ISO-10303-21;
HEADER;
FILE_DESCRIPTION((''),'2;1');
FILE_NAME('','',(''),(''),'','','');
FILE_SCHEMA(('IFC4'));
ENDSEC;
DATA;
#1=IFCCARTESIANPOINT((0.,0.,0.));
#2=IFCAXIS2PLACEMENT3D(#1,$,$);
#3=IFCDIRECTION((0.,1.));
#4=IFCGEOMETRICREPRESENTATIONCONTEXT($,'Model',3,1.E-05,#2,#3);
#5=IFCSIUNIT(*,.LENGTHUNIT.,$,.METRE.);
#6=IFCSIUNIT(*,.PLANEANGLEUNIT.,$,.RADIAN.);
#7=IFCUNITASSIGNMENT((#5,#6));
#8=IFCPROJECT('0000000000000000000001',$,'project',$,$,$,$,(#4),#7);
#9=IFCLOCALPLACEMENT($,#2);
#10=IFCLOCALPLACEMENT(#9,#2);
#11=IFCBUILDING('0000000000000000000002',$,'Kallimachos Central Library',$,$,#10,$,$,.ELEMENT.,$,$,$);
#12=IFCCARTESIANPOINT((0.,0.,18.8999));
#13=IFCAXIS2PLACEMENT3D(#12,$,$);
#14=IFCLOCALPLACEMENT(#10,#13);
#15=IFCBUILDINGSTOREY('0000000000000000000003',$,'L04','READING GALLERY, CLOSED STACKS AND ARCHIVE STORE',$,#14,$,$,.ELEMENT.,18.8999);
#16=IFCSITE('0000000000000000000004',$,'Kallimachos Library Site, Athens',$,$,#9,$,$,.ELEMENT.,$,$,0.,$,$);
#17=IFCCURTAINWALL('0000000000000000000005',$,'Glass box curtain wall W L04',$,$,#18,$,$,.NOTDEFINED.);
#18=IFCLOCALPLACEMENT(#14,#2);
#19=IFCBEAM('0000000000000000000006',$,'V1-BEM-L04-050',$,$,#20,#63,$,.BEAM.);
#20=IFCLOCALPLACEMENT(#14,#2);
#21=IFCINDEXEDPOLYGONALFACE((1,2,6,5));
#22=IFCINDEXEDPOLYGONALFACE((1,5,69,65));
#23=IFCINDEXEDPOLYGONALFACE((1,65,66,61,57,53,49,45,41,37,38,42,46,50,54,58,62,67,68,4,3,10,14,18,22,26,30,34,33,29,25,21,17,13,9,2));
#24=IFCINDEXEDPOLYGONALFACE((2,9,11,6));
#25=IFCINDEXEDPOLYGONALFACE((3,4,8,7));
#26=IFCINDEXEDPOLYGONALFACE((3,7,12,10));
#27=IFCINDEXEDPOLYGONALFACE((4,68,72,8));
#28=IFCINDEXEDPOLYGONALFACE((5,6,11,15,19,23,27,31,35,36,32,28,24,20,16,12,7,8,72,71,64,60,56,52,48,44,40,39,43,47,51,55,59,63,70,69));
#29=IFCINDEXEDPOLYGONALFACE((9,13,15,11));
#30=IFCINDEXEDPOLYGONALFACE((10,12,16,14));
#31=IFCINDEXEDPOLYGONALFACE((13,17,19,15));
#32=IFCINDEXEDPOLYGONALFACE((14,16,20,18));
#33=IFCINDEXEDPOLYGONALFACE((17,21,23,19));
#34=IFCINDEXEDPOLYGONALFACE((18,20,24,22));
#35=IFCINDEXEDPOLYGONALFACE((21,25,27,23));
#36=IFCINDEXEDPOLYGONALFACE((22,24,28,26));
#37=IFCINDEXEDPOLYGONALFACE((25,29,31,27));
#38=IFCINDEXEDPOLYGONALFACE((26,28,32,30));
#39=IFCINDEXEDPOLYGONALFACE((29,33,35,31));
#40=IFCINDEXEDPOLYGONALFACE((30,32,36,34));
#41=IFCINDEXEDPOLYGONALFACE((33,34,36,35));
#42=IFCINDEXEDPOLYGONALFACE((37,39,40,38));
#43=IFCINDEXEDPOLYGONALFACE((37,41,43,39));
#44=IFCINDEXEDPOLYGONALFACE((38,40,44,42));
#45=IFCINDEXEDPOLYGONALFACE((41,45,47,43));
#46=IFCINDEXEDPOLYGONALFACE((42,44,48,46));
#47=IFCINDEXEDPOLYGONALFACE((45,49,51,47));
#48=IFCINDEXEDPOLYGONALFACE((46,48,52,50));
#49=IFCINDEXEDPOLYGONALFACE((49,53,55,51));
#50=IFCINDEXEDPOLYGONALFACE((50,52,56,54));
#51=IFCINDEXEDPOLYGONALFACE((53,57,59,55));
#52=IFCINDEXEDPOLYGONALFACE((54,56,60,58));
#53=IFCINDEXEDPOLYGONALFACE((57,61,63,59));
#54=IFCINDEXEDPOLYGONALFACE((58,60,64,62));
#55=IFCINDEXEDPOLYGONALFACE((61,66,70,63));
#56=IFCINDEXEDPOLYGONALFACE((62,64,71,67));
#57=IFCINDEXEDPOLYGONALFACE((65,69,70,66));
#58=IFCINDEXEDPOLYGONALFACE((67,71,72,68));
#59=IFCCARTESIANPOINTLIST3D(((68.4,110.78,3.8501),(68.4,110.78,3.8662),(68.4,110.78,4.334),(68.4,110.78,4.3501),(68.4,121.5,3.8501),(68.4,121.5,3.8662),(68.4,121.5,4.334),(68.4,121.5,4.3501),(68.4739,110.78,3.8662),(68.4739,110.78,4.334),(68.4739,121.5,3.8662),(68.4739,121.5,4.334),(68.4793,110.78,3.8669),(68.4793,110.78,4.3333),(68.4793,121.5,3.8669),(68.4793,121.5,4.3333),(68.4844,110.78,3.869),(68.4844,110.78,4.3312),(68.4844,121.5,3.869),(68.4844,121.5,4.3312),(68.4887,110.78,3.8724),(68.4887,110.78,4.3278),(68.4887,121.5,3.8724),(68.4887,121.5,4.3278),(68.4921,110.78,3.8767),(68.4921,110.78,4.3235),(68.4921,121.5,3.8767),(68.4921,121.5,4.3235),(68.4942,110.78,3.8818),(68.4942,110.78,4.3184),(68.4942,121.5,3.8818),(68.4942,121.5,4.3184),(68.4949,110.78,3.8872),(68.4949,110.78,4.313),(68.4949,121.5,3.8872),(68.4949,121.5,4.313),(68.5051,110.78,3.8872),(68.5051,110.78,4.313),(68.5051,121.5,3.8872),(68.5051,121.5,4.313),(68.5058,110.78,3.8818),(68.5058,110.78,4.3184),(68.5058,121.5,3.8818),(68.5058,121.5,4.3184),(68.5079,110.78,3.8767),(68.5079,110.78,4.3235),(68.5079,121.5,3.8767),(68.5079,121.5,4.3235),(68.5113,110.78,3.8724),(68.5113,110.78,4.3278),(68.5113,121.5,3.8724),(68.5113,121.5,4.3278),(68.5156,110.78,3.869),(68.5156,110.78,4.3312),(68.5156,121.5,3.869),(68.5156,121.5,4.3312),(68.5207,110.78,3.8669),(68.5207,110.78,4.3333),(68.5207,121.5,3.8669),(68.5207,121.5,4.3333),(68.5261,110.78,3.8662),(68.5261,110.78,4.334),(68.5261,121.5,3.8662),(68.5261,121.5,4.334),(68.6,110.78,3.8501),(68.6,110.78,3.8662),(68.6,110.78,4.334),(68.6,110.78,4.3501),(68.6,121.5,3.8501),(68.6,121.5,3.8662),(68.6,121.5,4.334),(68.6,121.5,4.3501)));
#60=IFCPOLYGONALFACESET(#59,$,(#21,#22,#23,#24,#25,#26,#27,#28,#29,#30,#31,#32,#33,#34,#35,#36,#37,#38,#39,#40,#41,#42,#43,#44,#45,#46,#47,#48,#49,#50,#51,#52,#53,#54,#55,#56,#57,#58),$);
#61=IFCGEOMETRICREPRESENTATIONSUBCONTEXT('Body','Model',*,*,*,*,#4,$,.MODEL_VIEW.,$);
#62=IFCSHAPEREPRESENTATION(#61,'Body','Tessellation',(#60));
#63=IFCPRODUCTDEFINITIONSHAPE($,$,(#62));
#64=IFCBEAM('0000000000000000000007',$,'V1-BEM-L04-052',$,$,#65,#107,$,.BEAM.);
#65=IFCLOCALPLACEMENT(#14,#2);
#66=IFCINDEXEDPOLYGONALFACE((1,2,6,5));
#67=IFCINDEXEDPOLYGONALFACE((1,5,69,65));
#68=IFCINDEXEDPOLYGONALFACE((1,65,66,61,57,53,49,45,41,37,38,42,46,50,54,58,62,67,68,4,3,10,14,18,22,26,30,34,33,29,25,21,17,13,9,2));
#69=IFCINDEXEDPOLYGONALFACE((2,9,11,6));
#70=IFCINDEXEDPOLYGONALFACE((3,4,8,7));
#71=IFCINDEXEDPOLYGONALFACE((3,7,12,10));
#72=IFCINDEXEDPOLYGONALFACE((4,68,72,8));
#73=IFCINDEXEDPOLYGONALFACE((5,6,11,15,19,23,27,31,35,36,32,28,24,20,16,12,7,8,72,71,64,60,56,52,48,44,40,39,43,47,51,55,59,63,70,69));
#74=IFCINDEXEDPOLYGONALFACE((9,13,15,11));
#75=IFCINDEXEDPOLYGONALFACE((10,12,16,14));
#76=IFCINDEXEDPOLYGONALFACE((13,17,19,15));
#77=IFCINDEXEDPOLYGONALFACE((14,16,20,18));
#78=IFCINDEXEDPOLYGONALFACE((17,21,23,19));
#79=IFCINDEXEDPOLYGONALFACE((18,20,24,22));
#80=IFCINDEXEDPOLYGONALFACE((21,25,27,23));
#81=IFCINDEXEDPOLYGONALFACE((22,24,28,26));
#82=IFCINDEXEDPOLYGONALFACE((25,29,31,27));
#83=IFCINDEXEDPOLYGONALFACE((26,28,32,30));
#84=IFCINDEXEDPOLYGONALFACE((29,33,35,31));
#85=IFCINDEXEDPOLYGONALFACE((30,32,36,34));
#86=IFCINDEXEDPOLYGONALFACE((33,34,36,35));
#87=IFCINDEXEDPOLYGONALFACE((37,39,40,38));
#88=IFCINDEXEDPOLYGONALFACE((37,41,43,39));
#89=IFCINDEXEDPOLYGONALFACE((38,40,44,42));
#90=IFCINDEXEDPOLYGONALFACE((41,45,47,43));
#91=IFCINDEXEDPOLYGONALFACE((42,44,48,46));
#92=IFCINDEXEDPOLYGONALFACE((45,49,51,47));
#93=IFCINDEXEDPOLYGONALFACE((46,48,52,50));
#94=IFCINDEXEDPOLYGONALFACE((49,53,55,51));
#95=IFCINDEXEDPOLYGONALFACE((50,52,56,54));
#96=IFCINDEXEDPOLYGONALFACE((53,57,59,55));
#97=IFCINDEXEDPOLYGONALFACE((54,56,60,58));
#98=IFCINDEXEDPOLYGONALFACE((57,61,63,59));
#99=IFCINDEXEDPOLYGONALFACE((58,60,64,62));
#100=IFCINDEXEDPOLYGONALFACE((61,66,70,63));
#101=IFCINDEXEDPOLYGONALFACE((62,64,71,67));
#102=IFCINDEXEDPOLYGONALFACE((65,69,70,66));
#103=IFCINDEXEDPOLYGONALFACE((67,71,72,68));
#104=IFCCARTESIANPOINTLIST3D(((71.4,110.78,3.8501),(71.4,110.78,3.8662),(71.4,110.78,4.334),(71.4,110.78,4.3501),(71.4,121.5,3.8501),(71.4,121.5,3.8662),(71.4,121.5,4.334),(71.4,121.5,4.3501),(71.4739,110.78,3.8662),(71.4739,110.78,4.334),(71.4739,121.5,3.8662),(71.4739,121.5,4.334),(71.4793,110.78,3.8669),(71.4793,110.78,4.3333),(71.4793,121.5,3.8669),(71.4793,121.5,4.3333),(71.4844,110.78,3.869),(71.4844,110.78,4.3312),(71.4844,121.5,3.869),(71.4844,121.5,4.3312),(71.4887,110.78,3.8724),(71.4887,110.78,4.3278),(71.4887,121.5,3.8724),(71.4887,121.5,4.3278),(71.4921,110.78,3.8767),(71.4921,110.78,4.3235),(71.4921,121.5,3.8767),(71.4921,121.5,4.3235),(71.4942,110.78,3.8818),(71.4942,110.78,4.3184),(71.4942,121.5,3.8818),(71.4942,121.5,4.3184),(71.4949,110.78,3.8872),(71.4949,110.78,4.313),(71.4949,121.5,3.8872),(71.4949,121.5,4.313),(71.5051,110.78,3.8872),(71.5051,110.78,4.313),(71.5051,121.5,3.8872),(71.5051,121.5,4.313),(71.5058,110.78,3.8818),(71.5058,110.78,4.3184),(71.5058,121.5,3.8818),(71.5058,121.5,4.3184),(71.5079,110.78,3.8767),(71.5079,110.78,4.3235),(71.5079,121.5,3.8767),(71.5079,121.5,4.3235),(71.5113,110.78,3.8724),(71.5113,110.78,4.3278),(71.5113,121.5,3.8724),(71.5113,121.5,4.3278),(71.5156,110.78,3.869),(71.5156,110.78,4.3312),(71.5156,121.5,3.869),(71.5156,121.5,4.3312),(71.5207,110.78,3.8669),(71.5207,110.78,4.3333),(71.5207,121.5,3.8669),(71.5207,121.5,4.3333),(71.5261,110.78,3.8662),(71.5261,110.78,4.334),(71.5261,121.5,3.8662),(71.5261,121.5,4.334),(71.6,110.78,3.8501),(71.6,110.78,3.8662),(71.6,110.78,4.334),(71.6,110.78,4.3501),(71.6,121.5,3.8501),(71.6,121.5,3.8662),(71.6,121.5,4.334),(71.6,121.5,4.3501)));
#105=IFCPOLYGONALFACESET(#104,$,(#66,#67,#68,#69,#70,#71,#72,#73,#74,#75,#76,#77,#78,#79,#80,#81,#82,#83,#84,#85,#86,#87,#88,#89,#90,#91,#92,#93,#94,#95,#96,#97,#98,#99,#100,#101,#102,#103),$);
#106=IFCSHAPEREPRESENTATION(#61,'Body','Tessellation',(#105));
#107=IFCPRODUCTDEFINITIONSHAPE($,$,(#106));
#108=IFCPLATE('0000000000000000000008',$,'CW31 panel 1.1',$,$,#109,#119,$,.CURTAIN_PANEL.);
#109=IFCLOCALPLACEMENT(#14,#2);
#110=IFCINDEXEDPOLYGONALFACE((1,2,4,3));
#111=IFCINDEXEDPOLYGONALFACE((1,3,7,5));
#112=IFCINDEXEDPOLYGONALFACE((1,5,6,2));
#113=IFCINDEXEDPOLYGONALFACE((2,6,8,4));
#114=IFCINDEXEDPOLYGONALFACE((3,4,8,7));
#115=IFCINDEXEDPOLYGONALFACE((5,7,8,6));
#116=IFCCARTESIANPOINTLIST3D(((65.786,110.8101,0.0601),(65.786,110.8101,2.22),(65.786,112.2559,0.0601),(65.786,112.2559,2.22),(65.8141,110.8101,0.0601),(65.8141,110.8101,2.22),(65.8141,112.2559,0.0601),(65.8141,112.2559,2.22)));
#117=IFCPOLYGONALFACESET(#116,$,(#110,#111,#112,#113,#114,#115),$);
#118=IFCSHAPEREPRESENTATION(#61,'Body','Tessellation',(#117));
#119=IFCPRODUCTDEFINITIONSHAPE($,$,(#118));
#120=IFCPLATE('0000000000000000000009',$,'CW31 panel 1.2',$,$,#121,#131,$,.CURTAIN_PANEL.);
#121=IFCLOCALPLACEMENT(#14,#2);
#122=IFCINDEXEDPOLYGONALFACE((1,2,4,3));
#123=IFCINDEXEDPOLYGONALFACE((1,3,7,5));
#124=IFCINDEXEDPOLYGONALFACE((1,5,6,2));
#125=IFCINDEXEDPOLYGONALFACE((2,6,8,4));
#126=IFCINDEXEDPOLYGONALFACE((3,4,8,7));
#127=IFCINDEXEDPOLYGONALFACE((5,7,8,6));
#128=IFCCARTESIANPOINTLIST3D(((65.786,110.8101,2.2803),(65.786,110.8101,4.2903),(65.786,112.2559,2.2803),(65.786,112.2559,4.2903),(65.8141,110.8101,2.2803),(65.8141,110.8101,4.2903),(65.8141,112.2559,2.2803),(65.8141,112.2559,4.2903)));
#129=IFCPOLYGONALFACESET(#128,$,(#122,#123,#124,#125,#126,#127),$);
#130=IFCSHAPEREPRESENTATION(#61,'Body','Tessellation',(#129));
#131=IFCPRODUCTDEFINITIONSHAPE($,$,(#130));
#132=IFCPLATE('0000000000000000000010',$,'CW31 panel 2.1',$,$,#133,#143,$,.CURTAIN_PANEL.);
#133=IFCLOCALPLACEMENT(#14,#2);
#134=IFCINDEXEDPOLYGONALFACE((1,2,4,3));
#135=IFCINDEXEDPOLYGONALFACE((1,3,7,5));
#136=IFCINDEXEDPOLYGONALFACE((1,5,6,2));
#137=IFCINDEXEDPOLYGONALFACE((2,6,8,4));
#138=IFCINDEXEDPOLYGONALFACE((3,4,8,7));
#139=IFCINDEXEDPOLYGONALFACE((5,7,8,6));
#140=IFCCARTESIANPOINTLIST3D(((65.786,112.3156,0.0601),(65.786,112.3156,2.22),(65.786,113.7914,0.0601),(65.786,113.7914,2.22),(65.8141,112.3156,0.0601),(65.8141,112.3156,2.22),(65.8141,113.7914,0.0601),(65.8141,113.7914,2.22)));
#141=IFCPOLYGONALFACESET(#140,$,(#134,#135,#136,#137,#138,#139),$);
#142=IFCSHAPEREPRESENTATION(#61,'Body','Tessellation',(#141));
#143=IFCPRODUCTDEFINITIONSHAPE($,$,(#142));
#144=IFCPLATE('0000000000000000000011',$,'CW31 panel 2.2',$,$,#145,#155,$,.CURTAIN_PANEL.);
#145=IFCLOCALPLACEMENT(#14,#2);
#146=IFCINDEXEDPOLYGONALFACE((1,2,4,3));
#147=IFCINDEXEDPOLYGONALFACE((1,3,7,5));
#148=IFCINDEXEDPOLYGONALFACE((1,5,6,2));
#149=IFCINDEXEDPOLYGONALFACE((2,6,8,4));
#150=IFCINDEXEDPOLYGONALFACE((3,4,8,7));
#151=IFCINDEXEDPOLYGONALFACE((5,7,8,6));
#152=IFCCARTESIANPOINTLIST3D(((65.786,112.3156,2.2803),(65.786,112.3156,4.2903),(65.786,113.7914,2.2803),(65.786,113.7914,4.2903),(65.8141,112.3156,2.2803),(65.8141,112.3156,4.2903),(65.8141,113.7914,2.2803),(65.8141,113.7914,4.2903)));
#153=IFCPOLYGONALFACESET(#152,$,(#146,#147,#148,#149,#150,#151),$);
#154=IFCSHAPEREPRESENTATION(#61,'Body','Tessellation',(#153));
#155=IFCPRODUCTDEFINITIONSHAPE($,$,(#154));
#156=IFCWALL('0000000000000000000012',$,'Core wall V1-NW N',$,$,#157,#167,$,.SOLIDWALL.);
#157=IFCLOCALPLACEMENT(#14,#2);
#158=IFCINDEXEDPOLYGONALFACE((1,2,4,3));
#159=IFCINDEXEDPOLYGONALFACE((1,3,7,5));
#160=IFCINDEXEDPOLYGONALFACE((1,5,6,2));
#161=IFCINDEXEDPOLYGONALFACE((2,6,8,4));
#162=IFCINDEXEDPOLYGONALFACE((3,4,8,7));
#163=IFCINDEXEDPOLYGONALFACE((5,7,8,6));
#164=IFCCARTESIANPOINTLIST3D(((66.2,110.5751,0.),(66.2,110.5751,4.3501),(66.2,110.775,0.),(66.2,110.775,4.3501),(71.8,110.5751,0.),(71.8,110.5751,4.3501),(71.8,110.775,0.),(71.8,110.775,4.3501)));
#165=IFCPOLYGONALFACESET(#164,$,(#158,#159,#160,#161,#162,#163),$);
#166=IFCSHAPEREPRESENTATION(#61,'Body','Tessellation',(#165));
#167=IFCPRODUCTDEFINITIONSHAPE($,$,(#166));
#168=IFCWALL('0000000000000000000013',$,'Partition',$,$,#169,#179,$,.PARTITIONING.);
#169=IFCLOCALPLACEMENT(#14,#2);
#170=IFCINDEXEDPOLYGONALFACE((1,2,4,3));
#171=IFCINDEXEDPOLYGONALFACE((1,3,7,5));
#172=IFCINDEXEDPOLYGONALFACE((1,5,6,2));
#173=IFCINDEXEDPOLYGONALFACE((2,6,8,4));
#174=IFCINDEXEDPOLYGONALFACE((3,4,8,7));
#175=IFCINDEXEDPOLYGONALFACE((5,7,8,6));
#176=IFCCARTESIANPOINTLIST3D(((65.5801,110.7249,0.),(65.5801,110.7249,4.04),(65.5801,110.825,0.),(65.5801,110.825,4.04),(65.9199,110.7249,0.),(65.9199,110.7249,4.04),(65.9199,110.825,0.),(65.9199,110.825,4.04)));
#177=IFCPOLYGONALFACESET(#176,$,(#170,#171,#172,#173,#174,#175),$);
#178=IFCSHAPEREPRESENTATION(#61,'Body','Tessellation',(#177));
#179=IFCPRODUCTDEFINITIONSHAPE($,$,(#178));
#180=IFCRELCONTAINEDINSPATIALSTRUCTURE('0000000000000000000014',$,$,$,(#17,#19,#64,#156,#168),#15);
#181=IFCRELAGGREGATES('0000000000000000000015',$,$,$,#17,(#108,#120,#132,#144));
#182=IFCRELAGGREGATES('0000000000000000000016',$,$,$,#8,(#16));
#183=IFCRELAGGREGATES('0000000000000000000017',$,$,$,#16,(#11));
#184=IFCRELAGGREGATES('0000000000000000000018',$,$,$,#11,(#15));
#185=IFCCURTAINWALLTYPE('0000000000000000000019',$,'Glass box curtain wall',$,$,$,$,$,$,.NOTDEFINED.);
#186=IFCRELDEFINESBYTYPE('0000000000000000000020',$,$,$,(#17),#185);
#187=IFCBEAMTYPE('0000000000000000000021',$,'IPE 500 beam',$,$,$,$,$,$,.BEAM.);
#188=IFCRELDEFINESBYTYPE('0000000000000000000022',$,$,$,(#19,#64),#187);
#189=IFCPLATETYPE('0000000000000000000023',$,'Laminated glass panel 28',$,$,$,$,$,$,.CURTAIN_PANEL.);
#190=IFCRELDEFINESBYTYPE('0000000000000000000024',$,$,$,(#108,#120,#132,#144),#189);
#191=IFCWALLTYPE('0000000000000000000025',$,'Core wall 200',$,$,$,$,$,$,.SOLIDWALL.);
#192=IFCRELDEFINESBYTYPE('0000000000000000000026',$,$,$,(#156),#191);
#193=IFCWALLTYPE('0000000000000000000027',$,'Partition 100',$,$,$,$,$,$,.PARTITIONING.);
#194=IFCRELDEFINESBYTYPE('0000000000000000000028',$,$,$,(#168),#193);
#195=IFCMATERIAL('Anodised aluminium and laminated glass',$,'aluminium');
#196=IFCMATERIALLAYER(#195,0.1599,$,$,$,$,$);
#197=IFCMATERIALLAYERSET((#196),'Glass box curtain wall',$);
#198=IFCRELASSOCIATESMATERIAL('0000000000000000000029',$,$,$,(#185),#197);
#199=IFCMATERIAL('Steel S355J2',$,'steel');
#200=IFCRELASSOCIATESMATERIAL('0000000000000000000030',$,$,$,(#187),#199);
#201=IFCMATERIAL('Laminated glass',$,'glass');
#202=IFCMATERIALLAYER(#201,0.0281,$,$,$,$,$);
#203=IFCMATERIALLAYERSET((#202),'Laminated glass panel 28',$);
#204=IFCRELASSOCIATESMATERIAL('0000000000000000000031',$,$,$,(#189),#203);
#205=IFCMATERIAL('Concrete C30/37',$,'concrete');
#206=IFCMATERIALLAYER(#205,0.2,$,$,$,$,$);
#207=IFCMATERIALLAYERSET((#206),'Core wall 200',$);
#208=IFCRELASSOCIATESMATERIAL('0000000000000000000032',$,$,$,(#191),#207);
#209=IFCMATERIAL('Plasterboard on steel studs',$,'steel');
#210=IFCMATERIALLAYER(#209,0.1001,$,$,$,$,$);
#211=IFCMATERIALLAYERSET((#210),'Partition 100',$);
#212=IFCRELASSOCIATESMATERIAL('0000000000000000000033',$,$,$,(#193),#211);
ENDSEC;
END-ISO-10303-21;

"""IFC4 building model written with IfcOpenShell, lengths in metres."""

from ifc_helpers import new_model, si_unit, direction, frame, frame_2d, origin, origin_2d, place, context, subcontext, project, spatial, rectangle, i_section, extrude, material, layer, layer_set, material_profile, profile_set, type_object, element, aggregate, save


model = new_model("IFC4")

# Units and contexts
model_context = context("Model", 3, precision=1e-05, world=origin(), true_north=direction((0.0, 1.0)))
body_context = subcontext(model_context, "Body", "Model", "MODEL_VIEW")
ifc_project = project(units=[si_unit("LENGTHUNIT", "METRE"), si_unit("PLANEANGLEUNIT", "RADIAN")], contexts=[model_context])

# Site, building, storey
site_placement = place(None, origin())
site = spatial("IfcSite", under=ifc_project, at=site_placement, Name="Kallimachos Library Site, Athens", CompositionType="ELEMENT", RefElevation=0.0)
building_placement = place(site_placement, origin())
building = spatial("IfcBuilding", under=site, at=building_placement, Name="Kallimachos Central Library", CompositionType="ELEMENT")
storey_placement = place(building_placement, frame((0.0, 0.0, 18.8999)))
storey = spatial("IfcBuildingStorey", under=building, at=storey_placement, Name="L04", Description="READING GALLERY, CLOSED STACKS AND ARCHIVE STORE", CompositionType="ELEMENT", Elevation=18.8999)

# Curtain wall
ifc_material_1 = material(Name="Anodised aluminium and laminated glass", Category="aluminium")
ifc_layer_1 = layer(ifc_material_1, 0.1599)
ifc_layer_set_1 = layer_set([ifc_layer_1], Name="Glass box curtain wall")
curtain_wall_type = type_object("IfcCurtainWallType", Name="Glass box curtain wall", PredefinedType="NOTDEFINED", material=ifc_layer_set_1)
curtain_wall_placement = place(storey_placement, origin())
curtain_wall = element("IfcCurtainWall", 1, at=curtain_wall_placement, inside=storey, type_object=curtain_wall_type, Name="Glass box curtain wall W L04", PredefinedType="NOTDEFINED")

# Beams
ifc_material_2 = material(Name="Steel S355J2", Category="steel")
ifc_material_profile_1 = material_profile(ifc_material_2, i_section(OverallWidth=0.2, OverallDepth=0.5, WebThickness=0.0103, FlangeThickness=0.0161, FilletRadius=0.021, at=origin_2d()), Name="IPE 500")
ifc_profile_set_1 = profile_set([ifc_material_profile_1], Name="Steel S355J2")
beam_type_1 = type_object("IfcBeamType", Name="IPE 500 beam", PredefinedType="BEAM", material=ifc_profile_set_1)
for number, where, z_axis, x_axis, name in (
    (2, (68.5, 110.78, 4.1001), (0.0, 1.0, 0.0), (-1.0, 0.0, 0.0), "V1-BEM-L04-050"),
    (3, (71.5, 110.78, 4.1001), (0.0, 1.0, 0.0), (-1.0, 0.0, 0.0), "V1-BEM-L04-052"),
):
    element("IfcBeam", number, at=place(storey_placement, frame(where, z_axis=z_axis, x_axis=x_axis)), inside=storey, type_object=beam_type_1, Name=name, PredefinedType="BEAM", context=body_context, shape_type="SweptSolid", body=[
        extrude(i_section(OverallWidth=0.2, OverallDepth=0.5, WebThickness=0.0103, FlangeThickness=0.0161, FilletRadius=0.021, at=origin_2d()), origin(), (0.0, 0.0, 1.0), 10.72),
    ])

# Plates
ifc_material_3 = material(Name="Laminated glass", Category="glass")
ifc_layer_2 = layer(ifc_material_3, 0.0281)
ifc_layer_set_2 = layer_set([ifc_layer_2], Name="Laminated glass panel 28")
plate_type = type_object("IfcPlateType", Name="Laminated glass panel 28", PredefinedType="CURTAIN_PANEL", material=ifc_layer_set_2)
plate_1_placement = place(storey_placement, frame((65.8, 111.533, 0.0601), z_axis=(0.0, 0.0, 1.0), x_axis=(0.0, 1.0, 0.0)))
plate_1 = element("IfcPlate", 4, at=plate_1_placement, type_object=plate_type, Name="CW31 panel 1.1", PredefinedType="CURTAIN_PANEL", context=body_context, shape_type="SweptSolid", body=[
    extrude(rectangle(XDim=1.4458, YDim=0.0281, at=origin_2d()), origin(), (0.0, 0.0, 1.0), 2.1599),
])
plate_2_placement = place(storey_placement, frame((65.8, 111.533, 2.2803), z_axis=(0.0, 0.0, 1.0), x_axis=(0.0, 1.0, 0.0)))
plate_2 = element("IfcPlate", 5, at=plate_2_placement, type_object=plate_type, Name="CW31 panel 1.2", PredefinedType="CURTAIN_PANEL", context=body_context, shape_type="SweptSolid", body=[
    extrude(rectangle(XDim=1.4458, YDim=0.0281, at=origin_2d()), origin(), (0.0, 0.0, 1.0), 2.01),
])
plate_3_placement = place(storey_placement, frame((65.8, 113.0535, 0.0601), z_axis=(0.0, 0.0, 1.0), x_axis=(0.0, 1.0, 0.0)))
plate_3 = element("IfcPlate", 6, at=plate_3_placement, type_object=plate_type, Name="CW31 panel 2.1", PredefinedType="CURTAIN_PANEL", context=body_context, shape_type="SweptSolid", body=[
    extrude(rectangle(XDim=1.4758, YDim=0.0281, at=origin_2d()), origin(), (0.0, 0.0, 1.0), 2.1599),
])
plate_4_placement = place(storey_placement, frame((65.8, 113.0535, 2.2803), z_axis=(0.0, 0.0, 1.0), x_axis=(0.0, 1.0, 0.0)))
plate_4 = element("IfcPlate", 7, at=plate_4_placement, type_object=plate_type, Name="CW31 panel 2.2", PredefinedType="CURTAIN_PANEL", context=body_context, shape_type="SweptSolid", body=[
    extrude(rectangle(XDim=1.4758, YDim=0.0281, at=origin_2d()), origin(), (0.0, 0.0, 1.0), 2.01),
])
aggregate(curtain_wall, [plate_1, plate_2, plate_3, plate_4])

# Walls
ifc_material_4 = material(Name="Concrete C30/37", Category="concrete")
ifc_layer_3 = layer(ifc_material_4, 0.2)
ifc_layer_set_3 = layer_set([ifc_layer_3], Name="Core wall 200")
wall_type_1 = type_object("IfcWallType", Name="Core wall 200", PredefinedType="SOLIDWALL", material=ifc_layer_set_3)
wall_1_placement = place(storey_placement, frame((66.2, 110.675, 0.0), z_axis=(0.0, 0.0, 1.0), x_axis=(1.0, 0.0, 0.0)))
element("IfcWall", 8, at=wall_1_placement, inside=storey, type_object=wall_type_1, Name="Core wall V1-NW N", PredefinedType="SOLIDWALL", context=body_context, shape_type="SweptSolid", body=[
    extrude(rectangle(XDim=5.6001, YDim=0.2, at=frame_2d((2.8, 0.0))), origin(), (0.0, 0.0, 1.0), 4.3501),
])
ifc_material_5 = material(Name="Plasterboard on steel studs", Category="steel")
ifc_layer_4 = layer(ifc_material_5, 0.1001)
ifc_layer_set_4 = layer_set([ifc_layer_4], Name="Partition 100")
wall_type_2 = type_object("IfcWallType", Name="Partition 100", PredefinedType="PARTITIONING", material=ifc_layer_set_4)
wall_2_placement = place(storey_placement, frame((65.9199, 110.7749, 0.0), z_axis=(0.0, 0.0, 1.0), x_axis=(-1.0, 0.0, 0.0)))
element("IfcWall", 9, at=wall_2_placement, inside=storey, type_object=wall_type_2, Name="Partition", PredefinedType="PARTITIONING", context=body_context, shape_type="SweptSolid", body=[
    extrude(rectangle(XDim=0.3398, YDim=0.1001, at=frame_2d((0.1699, 0.0))), origin(), (0.0, 0.0, 1.0), 4.04),
])

save(model, "model.ifc")
